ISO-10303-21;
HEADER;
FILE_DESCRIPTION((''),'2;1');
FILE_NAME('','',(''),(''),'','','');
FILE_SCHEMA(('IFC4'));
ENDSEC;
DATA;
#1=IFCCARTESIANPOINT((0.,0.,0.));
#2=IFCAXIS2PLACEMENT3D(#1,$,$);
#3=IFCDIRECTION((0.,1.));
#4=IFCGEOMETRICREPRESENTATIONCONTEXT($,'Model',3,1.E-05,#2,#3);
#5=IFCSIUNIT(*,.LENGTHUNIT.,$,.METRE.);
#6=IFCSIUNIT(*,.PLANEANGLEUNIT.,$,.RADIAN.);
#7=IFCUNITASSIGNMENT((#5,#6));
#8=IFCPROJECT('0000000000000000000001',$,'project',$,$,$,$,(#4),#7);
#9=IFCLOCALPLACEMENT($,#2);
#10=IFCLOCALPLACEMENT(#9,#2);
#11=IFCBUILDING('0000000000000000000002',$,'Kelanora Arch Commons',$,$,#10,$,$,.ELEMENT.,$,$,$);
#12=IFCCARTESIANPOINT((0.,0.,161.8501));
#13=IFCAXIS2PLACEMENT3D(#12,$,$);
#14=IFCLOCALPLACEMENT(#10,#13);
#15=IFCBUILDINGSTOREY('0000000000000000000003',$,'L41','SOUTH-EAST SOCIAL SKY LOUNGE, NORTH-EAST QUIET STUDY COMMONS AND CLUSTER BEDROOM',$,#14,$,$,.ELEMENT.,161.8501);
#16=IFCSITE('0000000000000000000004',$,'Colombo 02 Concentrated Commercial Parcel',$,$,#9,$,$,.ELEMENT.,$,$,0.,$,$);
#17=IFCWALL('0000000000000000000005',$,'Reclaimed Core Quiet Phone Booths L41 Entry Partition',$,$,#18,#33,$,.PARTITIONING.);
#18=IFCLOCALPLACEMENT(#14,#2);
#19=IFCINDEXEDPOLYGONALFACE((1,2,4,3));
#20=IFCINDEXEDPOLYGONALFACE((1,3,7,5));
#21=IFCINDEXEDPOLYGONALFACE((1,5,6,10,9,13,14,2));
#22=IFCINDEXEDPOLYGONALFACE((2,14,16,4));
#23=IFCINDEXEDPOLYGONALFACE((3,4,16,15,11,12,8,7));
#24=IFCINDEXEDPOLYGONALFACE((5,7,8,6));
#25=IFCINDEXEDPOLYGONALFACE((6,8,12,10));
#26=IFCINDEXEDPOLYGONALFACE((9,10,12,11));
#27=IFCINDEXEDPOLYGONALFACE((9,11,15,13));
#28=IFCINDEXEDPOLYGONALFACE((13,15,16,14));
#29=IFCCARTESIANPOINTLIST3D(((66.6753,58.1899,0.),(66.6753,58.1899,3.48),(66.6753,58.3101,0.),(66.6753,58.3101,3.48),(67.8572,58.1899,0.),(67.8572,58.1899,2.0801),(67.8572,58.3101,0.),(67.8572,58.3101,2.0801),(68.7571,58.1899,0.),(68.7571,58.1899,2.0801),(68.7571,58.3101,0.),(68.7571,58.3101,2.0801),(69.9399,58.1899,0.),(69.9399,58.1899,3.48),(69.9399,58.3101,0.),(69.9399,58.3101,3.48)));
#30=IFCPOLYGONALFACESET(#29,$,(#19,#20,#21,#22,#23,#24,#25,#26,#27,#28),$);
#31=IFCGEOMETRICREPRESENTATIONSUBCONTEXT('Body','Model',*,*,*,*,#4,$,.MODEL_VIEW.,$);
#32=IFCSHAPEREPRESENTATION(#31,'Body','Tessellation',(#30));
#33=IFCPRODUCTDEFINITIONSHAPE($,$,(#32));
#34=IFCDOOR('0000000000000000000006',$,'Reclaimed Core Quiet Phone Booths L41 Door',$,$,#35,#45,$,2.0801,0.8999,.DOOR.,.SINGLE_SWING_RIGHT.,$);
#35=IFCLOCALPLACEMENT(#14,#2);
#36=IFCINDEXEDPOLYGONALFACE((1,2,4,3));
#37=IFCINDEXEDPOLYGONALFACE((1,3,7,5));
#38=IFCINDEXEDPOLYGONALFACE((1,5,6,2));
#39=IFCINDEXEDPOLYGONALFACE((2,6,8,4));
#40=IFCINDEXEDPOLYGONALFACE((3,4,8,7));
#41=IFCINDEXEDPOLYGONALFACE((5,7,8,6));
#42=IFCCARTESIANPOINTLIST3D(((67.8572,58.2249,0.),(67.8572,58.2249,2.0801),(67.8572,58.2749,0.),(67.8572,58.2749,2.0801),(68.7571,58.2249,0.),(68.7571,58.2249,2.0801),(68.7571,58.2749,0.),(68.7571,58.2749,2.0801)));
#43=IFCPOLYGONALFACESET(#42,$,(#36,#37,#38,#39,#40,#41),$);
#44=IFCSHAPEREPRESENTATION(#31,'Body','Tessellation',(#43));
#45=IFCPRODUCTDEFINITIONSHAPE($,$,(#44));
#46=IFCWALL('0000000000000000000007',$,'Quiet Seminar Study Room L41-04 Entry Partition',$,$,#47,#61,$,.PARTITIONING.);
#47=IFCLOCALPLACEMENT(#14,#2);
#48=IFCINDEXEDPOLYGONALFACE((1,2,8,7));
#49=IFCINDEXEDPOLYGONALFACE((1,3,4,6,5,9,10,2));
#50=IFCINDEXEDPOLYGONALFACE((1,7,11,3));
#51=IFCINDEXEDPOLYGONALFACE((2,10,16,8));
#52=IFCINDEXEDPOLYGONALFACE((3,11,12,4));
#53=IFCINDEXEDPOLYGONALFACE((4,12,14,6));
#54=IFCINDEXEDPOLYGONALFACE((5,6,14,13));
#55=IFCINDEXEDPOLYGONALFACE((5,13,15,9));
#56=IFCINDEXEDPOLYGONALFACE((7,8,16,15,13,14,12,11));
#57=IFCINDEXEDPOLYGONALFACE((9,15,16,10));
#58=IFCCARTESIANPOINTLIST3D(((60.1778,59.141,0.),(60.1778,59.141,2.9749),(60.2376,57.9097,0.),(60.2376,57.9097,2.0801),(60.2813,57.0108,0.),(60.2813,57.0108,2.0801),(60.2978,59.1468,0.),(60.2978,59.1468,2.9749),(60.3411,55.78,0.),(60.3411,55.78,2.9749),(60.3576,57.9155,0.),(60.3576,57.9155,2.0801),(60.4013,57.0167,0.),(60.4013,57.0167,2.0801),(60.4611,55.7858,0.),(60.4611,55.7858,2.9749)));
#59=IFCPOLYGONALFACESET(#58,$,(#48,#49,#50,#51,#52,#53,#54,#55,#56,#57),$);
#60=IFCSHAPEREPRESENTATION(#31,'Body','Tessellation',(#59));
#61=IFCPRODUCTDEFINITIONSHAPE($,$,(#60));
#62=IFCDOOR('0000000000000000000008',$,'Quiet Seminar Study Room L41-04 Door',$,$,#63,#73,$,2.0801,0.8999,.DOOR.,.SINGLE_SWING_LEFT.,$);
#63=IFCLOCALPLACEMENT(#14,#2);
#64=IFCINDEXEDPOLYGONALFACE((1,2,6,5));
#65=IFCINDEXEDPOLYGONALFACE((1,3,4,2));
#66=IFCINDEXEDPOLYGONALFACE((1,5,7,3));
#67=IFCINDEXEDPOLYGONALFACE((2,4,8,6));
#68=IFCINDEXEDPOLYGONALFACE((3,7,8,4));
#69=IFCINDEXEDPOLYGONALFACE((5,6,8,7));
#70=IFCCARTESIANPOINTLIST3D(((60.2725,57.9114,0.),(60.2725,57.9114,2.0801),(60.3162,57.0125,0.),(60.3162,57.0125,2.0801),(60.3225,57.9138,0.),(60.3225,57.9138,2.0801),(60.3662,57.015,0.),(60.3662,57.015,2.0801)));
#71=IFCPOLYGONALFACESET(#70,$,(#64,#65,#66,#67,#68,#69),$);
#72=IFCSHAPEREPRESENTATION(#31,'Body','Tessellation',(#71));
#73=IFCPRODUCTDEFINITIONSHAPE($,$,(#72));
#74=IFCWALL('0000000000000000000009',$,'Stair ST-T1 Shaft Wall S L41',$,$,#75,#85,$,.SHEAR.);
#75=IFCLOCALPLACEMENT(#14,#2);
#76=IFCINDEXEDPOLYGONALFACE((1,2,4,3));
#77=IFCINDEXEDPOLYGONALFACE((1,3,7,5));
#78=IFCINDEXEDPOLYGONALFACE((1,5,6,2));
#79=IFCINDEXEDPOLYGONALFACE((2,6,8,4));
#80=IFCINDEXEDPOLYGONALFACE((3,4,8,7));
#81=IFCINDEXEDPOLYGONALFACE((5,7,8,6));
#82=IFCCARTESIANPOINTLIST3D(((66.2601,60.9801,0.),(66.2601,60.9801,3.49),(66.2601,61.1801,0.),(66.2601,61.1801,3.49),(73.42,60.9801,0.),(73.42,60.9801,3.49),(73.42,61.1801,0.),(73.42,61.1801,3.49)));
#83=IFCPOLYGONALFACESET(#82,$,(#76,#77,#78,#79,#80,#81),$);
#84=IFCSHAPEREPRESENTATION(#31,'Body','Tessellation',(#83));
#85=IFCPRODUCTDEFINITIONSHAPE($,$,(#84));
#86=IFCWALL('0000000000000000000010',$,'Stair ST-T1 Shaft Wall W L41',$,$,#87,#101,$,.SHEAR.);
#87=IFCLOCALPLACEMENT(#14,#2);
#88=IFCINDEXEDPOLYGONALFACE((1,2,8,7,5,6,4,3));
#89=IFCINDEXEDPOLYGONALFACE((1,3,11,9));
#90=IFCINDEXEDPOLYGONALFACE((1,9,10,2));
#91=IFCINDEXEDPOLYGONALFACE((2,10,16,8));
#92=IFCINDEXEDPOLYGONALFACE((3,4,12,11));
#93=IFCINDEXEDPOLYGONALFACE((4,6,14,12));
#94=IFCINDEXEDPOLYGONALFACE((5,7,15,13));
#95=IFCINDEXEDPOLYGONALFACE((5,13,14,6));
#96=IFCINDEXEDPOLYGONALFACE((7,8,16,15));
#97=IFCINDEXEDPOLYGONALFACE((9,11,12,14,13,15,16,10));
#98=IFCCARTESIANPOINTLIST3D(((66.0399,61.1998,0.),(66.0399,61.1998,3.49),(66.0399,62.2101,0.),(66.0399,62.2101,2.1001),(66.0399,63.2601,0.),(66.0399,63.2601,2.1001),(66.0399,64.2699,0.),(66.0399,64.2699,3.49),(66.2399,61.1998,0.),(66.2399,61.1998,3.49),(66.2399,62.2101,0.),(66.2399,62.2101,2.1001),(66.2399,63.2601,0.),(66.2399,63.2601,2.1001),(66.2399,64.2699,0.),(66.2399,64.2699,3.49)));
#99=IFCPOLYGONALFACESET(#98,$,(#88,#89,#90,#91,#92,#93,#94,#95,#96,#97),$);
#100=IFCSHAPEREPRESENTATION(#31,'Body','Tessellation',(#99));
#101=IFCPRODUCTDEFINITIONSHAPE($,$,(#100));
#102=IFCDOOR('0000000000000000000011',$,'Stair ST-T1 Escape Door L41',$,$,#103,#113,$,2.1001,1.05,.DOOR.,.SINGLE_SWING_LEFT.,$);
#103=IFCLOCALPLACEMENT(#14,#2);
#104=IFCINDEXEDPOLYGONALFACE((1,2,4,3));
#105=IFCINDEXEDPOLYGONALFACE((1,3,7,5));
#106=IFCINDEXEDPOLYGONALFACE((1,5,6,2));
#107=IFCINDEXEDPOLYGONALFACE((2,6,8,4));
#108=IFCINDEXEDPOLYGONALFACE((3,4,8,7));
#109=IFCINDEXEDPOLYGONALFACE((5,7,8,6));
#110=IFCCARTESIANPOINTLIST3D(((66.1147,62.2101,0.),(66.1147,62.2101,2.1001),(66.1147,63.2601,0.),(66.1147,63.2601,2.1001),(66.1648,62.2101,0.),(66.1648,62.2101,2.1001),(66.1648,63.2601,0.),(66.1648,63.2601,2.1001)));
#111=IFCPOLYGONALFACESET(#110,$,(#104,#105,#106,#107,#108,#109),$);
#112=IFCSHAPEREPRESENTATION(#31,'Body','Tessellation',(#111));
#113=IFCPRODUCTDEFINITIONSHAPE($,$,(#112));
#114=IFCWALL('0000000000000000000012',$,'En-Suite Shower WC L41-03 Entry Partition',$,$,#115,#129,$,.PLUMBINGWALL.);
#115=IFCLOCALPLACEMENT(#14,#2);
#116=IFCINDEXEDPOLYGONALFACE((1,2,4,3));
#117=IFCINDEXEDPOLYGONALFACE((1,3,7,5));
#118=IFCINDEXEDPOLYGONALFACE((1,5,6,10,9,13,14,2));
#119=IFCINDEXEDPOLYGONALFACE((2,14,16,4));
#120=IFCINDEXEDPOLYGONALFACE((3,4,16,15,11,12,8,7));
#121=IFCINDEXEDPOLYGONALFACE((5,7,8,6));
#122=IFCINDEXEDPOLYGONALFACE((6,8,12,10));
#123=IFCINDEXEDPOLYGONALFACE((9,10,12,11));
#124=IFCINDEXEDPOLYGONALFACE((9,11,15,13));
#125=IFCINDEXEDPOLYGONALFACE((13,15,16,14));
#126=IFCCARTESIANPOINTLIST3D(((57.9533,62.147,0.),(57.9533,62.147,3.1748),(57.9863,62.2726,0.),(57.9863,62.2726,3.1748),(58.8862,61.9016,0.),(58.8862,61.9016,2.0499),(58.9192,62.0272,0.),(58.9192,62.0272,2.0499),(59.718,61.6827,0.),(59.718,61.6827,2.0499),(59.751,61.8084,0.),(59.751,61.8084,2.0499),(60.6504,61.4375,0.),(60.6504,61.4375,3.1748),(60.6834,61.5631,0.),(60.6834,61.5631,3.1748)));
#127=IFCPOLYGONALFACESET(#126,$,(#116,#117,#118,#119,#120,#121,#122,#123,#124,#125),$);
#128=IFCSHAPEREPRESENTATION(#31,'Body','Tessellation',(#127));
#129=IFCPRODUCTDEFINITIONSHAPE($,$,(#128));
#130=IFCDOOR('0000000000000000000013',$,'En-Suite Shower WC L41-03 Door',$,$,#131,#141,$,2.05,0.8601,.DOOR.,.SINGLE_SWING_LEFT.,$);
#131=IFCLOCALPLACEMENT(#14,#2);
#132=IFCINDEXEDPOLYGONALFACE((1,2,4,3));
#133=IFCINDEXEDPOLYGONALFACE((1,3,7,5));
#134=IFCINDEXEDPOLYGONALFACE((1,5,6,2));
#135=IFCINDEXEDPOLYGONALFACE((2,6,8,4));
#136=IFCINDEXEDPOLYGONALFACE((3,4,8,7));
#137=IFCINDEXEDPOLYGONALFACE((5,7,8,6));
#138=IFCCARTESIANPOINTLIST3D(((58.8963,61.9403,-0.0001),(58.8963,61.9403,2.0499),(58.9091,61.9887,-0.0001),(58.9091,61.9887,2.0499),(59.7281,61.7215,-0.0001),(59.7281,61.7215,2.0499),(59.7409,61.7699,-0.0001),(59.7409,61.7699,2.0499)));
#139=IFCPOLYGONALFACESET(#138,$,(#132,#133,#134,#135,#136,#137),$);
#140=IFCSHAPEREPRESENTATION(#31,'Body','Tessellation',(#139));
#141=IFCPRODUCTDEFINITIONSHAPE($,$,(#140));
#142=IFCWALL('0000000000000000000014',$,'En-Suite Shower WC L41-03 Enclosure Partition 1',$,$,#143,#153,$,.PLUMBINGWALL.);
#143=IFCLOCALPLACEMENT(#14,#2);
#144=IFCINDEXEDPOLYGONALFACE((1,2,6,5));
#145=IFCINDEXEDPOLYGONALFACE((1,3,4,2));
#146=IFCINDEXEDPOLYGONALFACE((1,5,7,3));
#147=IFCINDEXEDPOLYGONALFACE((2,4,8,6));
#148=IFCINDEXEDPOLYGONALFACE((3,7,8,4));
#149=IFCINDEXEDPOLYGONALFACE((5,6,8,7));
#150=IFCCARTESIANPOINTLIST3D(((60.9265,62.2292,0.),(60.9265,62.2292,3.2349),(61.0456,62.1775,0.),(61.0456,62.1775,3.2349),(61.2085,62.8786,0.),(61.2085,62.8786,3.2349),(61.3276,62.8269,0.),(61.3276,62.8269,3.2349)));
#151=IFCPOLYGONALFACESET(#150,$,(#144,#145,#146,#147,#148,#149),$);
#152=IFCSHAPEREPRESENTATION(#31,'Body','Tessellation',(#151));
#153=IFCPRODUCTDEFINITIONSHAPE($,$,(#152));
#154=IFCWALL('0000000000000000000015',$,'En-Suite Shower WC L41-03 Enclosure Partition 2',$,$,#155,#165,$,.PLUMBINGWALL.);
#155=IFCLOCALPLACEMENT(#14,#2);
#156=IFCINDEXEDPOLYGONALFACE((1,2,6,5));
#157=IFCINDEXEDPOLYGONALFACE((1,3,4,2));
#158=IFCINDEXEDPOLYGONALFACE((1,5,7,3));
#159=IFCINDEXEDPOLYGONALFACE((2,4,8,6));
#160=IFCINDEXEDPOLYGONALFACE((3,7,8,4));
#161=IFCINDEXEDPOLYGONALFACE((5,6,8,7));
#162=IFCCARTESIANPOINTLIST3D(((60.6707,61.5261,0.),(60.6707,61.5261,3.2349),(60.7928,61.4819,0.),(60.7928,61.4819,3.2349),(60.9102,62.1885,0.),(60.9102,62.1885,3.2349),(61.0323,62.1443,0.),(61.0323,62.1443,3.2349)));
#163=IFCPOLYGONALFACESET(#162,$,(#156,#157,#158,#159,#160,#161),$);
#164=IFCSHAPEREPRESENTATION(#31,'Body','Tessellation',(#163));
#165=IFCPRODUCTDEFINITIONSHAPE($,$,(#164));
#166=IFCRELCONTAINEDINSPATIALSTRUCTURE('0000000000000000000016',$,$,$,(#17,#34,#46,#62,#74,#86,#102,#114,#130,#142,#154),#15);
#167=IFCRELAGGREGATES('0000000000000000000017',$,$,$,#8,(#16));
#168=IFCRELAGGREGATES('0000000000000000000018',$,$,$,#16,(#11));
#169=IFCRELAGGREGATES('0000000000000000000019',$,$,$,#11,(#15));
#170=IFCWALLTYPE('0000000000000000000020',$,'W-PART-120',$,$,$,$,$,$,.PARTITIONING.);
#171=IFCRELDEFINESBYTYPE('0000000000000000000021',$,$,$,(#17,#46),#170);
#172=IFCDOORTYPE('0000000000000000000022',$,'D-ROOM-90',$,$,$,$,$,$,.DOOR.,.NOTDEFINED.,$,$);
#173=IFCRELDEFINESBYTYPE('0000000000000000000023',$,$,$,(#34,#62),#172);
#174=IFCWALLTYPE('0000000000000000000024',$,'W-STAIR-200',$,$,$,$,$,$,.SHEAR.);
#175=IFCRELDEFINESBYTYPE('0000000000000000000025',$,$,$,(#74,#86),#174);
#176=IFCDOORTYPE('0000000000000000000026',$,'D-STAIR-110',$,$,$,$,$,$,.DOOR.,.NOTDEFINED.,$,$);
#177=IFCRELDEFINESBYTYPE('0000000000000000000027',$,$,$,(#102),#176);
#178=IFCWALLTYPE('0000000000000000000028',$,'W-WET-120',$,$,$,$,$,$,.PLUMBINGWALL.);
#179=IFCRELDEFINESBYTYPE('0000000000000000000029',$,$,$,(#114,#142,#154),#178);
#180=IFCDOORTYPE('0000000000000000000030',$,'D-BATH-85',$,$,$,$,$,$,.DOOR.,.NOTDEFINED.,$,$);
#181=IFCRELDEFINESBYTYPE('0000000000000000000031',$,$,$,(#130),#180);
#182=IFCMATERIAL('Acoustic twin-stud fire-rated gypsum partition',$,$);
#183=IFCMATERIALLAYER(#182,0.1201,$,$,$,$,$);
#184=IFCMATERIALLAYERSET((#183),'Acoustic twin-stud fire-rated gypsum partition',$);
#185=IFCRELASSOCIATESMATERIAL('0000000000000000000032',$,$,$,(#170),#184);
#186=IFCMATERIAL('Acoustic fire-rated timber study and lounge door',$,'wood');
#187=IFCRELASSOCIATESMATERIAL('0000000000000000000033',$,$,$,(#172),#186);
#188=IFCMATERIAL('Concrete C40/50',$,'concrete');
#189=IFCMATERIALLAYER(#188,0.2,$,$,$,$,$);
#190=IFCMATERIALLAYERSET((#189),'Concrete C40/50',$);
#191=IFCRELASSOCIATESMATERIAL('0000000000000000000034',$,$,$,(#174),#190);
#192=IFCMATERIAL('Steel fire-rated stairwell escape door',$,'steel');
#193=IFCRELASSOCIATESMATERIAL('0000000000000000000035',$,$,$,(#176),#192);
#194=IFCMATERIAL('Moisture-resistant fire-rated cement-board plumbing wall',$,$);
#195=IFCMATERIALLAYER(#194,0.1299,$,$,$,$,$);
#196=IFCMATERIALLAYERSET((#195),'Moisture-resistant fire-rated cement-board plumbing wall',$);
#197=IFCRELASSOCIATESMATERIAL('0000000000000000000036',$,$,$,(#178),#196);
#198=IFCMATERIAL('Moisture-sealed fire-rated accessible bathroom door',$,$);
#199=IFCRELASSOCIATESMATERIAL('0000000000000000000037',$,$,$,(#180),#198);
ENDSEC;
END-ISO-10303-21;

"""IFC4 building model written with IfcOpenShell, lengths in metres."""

from ifc_helpers import new_model, si_unit, direction, frame, frame_2d, origin, place, context, subcontext, project, spatial, rectangle, extrude, material, layer, layer_set, type_object, element, fill, save


model = new_model("IFC4")

# Units and contexts
model_context = context("Model", 3, precision=1e-05, world=origin(), true_north=direction((0.0, 1.0)))
body_context = subcontext(model_context, "Body", "Model", "MODEL_VIEW")
ifc_project = project(units=[si_unit("LENGTHUNIT", "METRE"), si_unit("PLANEANGLEUNIT", "RADIAN")], contexts=[model_context])

# Site, building, storey
site_placement = place(None, origin())
site = spatial("IfcSite", under=ifc_project, at=site_placement, Name="Colombo 02 Concentrated Commercial Parcel", CompositionType="ELEMENT", RefElevation=0.0)
building_placement = place(site_placement, origin())
building = spatial("IfcBuilding", under=site, at=building_placement, Name="Kelanora Arch Commons", CompositionType="ELEMENT")
storey_placement = place(building_placement, frame((0.0, 0.0, 161.8501)))
storey = spatial("IfcBuildingStorey", under=building, at=storey_placement, Name="L41", Description="SOUTH-EAST SOCIAL SKY LOUNGE, NORTH-EAST QUIET STUDY COMMONS AND CLUSTER BEDROOM", CompositionType="ELEMENT", Elevation=161.8501)

# Walls, openings, doors
ifc_material_1 = material(Name="Acoustic twin-stud fire-rated gypsum partition")
ifc_layer_1 = layer(ifc_material_1, 0.1201)
ifc_layer_set_1 = layer_set([ifc_layer_1], Name="Acoustic twin-stud fire-rated gypsum partition")
wall_type_1 = type_object("IfcWallType", Name="W-PART-120", PredefinedType="PARTITIONING", material=ifc_layer_set_1)
wall_1_placement = place(storey_placement, frame((66.6753, 58.25, 0.0), z_axis=(0.0, 0.0, 1.0), x_axis=(1.0, 0.0, 0.0)))
wall_1 = element("IfcWall", 1, at=wall_1_placement, inside=storey, type_object=wall_type_1, Name="Reclaimed Core Quiet Phone Booths L41 Entry Partition", PredefinedType="PARTITIONING", context=body_context, shape_type="SweptSolid", body=[
    extrude(rectangle(XDim=3.2646, YDim=0.1201, at=frame_2d((1.6323, 0.0))), origin(), (0.0, 0.0, 1.0), 3.48),
])
opening_1_placement = place(wall_1_placement, frame((1.1819, 0.0, 0.0)))
opening_1 = element("IfcOpeningElement", 2, at=opening_1_placement, cuts=wall_1, PredefinedType="OPENING", context=body_context, shape_type="SweptSolid", body=[
    extrude(rectangle(XDim=0.8999, YDim=2.0801, at=frame_2d((0.45, 1.04))), frame((0.0, 0.0701, 0.0), z_axis=(0.0, -1.0, 0.0), x_axis=(1.0, 0.0, 0.0)), (0.0, 0.0, 1.0), 0.1401),
])
ifc_material_2 = material(Name="Acoustic fire-rated timber study and lounge door", Category="wood")
door_type_1 = type_object("IfcDoorType", Name="D-ROOM-90", OperationType="NOTDEFINED", PredefinedType="DOOR", material=ifc_material_2)
door_1_placement = place(opening_1_placement, origin())
door_1 = element("IfcDoor", 3, at=door_1_placement, inside=storey, type_object=door_type_1, Name="Reclaimed Core Quiet Phone Booths L41 Door", OperationType="SINGLE_SWING_RIGHT", OverallHeight=2.0801, OverallWidth=0.8999, PredefinedType="DOOR", context=body_context, shape_type="SweptSolid", body=[
    extrude(rectangle(XDim=0.8999, YDim=2.0801, at=frame_2d((0.45, 1.04))), frame((0.0, 0.0249, 0.0), z_axis=(0.0, -1.0, 0.0), x_axis=(1.0, 0.0, 0.0)), (0.0, 0.0, 1.0), 0.05),
])
fill(opening_1, door_1)
wall_2_placement = place(storey_placement, frame((60.2378, 59.144, 0.0), z_axis=(0.0, 0.0, 1.0), x_axis=(0.048537, -0.998821, 0.0)))
wall_2 = element("IfcWall", 4, at=wall_2_placement, inside=storey, type_object=wall_type_1, Name="Quiet Seminar Study Room L41-04 Entry Partition", PredefinedType="PARTITIONING", context=body_context, shape_type="SweptSolid", body=[
    extrude(rectangle(XDim=3.365, YDim=0.1201, at=frame_2d((1.6826, 0.0))), origin(), (0.0, 0.0, 1.0), 2.9749),
])
opening_2_placement = place(wall_2_placement, frame((1.2329, 0.0, 0.0)))
opening_2 = element("IfcOpeningElement", 5, at=opening_2_placement, cuts=wall_2, PredefinedType="OPENING", context=body_context, shape_type="SweptSolid", body=[
    extrude(rectangle(XDim=0.8999, YDim=2.0801, at=frame_2d((0.45, 1.04))), frame((0.0, 0.0701, 0.0), z_axis=(0.0, -1.0, 0.0), x_axis=(1.0, 0.0, 0.0)), (0.0, 0.0, 1.0), 0.1401),
])
door_2_placement = place(opening_2_placement, origin())
door_2 = element("IfcDoor", 6, at=door_2_placement, inside=storey, type_object=door_type_1, Name="Quiet Seminar Study Room L41-04 Door", OperationType="SINGLE_SWING_LEFT", OverallHeight=2.0801, OverallWidth=0.8999, PredefinedType="DOOR", context=body_context, shape_type="SweptSolid", body=[
    extrude(rectangle(XDim=0.8999, YDim=2.0801, at=frame_2d((0.45, 1.04))), frame((0.0, 0.0249, 0.0), z_axis=(0.0, -1.0, 0.0), x_axis=(1.0, 0.0, 0.0)), (0.0, 0.0, 1.0), 0.05),
])
fill(opening_2, door_2)

# Wall
ifc_material_3 = material(Name="Concrete C40/50", Category="concrete")
ifc_layer_2 = layer(ifc_material_3, 0.2)
ifc_layer_set_2 = layer_set([ifc_layer_2], Name="Concrete C40/50")
wall_type_2 = type_object("IfcWallType", Name="W-STAIR-200", PredefinedType="SHEAR", material=ifc_layer_set_2)
wall_3_placement = place(storey_placement, frame((66.26, 61.0801, 0.0), z_axis=(0.0, 0.0, 1.0), x_axis=(1.0, 0.0, 0.0)))
element("IfcWall", 7, at=wall_3_placement, inside=storey, type_object=wall_type_2, Name="Stair ST-T1 Shaft Wall S L41", PredefinedType="SHEAR", context=body_context, shape_type="SweptSolid", body=[
    extrude(rectangle(XDim=7.1599, YDim=0.2, at=frame_2d((3.5801, 0.0))), origin(), (0.0, 0.0, 1.0), 3.49),
])

# Walls, openings, doors
wall_4_placement = place(storey_placement, frame((66.1399, 64.27, 0.0), z_axis=(0.0, 0.0, 1.0), x_axis=(0.0, -1.0, 0.0)))
wall_4 = element("IfcWall", 8, at=wall_4_placement, inside=storey, type_object=wall_type_2, Name="Stair ST-T1 Shaft Wall W L41", PredefinedType="SHEAR", context=body_context, shape_type="SweptSolid", body=[
    extrude(rectangle(XDim=3.0701, YDim=0.2, at=frame_2d((1.5352, 0.0))), origin(), (0.0, 0.0, 1.0), 3.49),
])
opening_3_placement = place(wall_4_placement, frame((1.01, 0.0, 0.0)))
opening_3 = element("IfcOpeningElement", 9, at=opening_3_placement, cuts=wall_4, PredefinedType="OPENING", context=body_context, shape_type="SweptSolid", body=[
    extrude(rectangle(XDim=1.05, YDim=2.1001, at=frame_2d((0.5249, 1.05))), frame((0.0, 0.1099, 0.0), z_axis=(0.0, -1.0, 0.0), x_axis=(1.0, 0.0, 0.0)), (0.0, 0.0, 1.0), 0.22),
])
ifc_material_4 = material(Name="Steel fire-rated stairwell escape door", Category="steel")
door_type_2 = type_object("IfcDoorType", Name="D-STAIR-110", OperationType="NOTDEFINED", PredefinedType="DOOR", material=ifc_material_4)
door_3_placement = place(opening_3_placement, origin())
door_3 = element("IfcDoor", 10, at=door_3_placement, inside=storey, type_object=door_type_2, Name="Stair ST-T1 Escape Door L41", OperationType="SINGLE_SWING_LEFT", OverallHeight=2.1001, OverallWidth=1.05, PredefinedType="DOOR", context=body_context, shape_type="SweptSolid", body=[
    extrude(rectangle(XDim=1.05, YDim=2.1001, at=frame_2d((0.5249, 1.05))), frame((0.0, 0.0249, 0.0), z_axis=(0.0, -1.0, 0.0), x_axis=(1.0, 0.0, 0.0)), (0.0, 0.0, 1.0), 0.05),
])
fill(opening_3, door_3)
ifc_material_5 = material(Name="Moisture-resistant fire-rated cement-board plumbing wall")
ifc_layer_3 = layer(ifc_material_5, 0.1299)
ifc_layer_set_3 = layer_set([ifc_layer_3], Name="Moisture-resistant fire-rated cement-board plumbing wall")
wall_type_3 = type_object("IfcWallType", Name="W-WET-120", PredefinedType="PLUMBINGWALL", material=ifc_layer_set_3)
wall_5_placement = place(storey_placement, frame((60.667, 61.5002, 0.0), z_axis=(0.0, 0.0, 1.0), x_axis=(-0.967098, 0.254403, 0.0)))
wall_5 = element("IfcWall", 11, at=wall_5_placement, inside=storey, type_object=wall_type_3, Name="En-Suite Shower WC L41-03 Entry Partition", PredefinedType="PLUMBINGWALL", context=body_context, shape_type="SweptSolid", body=[
    extrude(rectangle(XDim=2.7888, YDim=0.1299, at=frame_2d((1.3945, 0.0))), origin(), (0.0, 0.0, 1.0), 3.1748),
])
opening_4_placement = place(wall_5_placement, frame((0.9641, 0.0, 0.0)))
opening_4 = element("IfcOpeningElement", 12, at=opening_4_placement, cuts=wall_5, PredefinedType="OPENING", context=body_context, shape_type="SweptSolid", body=[
    extrude(rectangle(XDim=0.8601, YDim=2.05, at=frame_2d((0.4302, 1.0249))), frame((0.0, 0.075, 0.0), z_axis=(0.0, -1.0, 0.0), x_axis=(1.0, 0.0, 0.0)), (0.0, 0.0, 1.0), 0.1499),
])
ifc_material_6 = material(Name="Moisture-sealed fire-rated accessible bathroom door")
door_type_3 = type_object("IfcDoorType", Name="D-BATH-85", OperationType="NOTDEFINED", PredefinedType="DOOR", material=ifc_material_6)
door_4_placement = place(opening_4_placement, origin())
door_4 = element("IfcDoor", 13, at=door_4_placement, inside=storey, type_object=door_type_3, Name="En-Suite Shower WC L41-03 Door", OperationType="SINGLE_SWING_LEFT", OverallHeight=2.05, OverallWidth=0.8601, PredefinedType="DOOR", context=body_context, shape_type="SweptSolid", body=[
    extrude(rectangle(XDim=0.8601, YDim=2.05, at=frame_2d((0.4302, 1.0249))), frame((0.0, 0.0249, 0.0), z_axis=(0.0, -1.0, 0.0), x_axis=(1.0, 0.0, 0.0)), (0.0, 0.0, 1.0), 0.05),
])
fill(opening_4, door_4)

# Walls
wall_6_placement = place(storey_placement, frame((61.2681, 62.8528, 0.0), z_axis=(0.0, 0.0, 1.0), x_axis=(-0.398285, -0.917262, 0.0)))
element("IfcWall", 14, at=wall_6_placement, inside=storey, type_object=wall_type_3, Name="En-Suite Shower WC L41-03 Enclosure Partition 1", PredefinedType="PLUMBINGWALL", context=body_context, shape_type="SweptSolid", body=[
    extrude(rectangle(XDim=0.708, YDim=0.1299, at=frame_2d((0.354, 0.0))), origin(), (0.0, 0.0, 1.0), 3.2349),
])
wall_7_placement = place(storey_placement, frame((60.9712, 62.1663, 0.0), z_axis=(0.0, 0.0, 1.0), x_axis=(-0.340045, -0.940409, 0.0)))
element("IfcWall", 15, at=wall_7_placement, inside=storey, type_object=wall_type_3, Name="En-Suite Shower WC L41-03 Enclosure Partition 2", PredefinedType="PLUMBINGWALL", context=body_context, shape_type="SweptSolid", body=[
    extrude(rectangle(XDim=0.7043, YDim=0.1299, at=frame_2d((0.3521, 0.0))), origin(), (0.0, 0.0, 1.0), 3.2349),
])

save(model, "model.ifc")
